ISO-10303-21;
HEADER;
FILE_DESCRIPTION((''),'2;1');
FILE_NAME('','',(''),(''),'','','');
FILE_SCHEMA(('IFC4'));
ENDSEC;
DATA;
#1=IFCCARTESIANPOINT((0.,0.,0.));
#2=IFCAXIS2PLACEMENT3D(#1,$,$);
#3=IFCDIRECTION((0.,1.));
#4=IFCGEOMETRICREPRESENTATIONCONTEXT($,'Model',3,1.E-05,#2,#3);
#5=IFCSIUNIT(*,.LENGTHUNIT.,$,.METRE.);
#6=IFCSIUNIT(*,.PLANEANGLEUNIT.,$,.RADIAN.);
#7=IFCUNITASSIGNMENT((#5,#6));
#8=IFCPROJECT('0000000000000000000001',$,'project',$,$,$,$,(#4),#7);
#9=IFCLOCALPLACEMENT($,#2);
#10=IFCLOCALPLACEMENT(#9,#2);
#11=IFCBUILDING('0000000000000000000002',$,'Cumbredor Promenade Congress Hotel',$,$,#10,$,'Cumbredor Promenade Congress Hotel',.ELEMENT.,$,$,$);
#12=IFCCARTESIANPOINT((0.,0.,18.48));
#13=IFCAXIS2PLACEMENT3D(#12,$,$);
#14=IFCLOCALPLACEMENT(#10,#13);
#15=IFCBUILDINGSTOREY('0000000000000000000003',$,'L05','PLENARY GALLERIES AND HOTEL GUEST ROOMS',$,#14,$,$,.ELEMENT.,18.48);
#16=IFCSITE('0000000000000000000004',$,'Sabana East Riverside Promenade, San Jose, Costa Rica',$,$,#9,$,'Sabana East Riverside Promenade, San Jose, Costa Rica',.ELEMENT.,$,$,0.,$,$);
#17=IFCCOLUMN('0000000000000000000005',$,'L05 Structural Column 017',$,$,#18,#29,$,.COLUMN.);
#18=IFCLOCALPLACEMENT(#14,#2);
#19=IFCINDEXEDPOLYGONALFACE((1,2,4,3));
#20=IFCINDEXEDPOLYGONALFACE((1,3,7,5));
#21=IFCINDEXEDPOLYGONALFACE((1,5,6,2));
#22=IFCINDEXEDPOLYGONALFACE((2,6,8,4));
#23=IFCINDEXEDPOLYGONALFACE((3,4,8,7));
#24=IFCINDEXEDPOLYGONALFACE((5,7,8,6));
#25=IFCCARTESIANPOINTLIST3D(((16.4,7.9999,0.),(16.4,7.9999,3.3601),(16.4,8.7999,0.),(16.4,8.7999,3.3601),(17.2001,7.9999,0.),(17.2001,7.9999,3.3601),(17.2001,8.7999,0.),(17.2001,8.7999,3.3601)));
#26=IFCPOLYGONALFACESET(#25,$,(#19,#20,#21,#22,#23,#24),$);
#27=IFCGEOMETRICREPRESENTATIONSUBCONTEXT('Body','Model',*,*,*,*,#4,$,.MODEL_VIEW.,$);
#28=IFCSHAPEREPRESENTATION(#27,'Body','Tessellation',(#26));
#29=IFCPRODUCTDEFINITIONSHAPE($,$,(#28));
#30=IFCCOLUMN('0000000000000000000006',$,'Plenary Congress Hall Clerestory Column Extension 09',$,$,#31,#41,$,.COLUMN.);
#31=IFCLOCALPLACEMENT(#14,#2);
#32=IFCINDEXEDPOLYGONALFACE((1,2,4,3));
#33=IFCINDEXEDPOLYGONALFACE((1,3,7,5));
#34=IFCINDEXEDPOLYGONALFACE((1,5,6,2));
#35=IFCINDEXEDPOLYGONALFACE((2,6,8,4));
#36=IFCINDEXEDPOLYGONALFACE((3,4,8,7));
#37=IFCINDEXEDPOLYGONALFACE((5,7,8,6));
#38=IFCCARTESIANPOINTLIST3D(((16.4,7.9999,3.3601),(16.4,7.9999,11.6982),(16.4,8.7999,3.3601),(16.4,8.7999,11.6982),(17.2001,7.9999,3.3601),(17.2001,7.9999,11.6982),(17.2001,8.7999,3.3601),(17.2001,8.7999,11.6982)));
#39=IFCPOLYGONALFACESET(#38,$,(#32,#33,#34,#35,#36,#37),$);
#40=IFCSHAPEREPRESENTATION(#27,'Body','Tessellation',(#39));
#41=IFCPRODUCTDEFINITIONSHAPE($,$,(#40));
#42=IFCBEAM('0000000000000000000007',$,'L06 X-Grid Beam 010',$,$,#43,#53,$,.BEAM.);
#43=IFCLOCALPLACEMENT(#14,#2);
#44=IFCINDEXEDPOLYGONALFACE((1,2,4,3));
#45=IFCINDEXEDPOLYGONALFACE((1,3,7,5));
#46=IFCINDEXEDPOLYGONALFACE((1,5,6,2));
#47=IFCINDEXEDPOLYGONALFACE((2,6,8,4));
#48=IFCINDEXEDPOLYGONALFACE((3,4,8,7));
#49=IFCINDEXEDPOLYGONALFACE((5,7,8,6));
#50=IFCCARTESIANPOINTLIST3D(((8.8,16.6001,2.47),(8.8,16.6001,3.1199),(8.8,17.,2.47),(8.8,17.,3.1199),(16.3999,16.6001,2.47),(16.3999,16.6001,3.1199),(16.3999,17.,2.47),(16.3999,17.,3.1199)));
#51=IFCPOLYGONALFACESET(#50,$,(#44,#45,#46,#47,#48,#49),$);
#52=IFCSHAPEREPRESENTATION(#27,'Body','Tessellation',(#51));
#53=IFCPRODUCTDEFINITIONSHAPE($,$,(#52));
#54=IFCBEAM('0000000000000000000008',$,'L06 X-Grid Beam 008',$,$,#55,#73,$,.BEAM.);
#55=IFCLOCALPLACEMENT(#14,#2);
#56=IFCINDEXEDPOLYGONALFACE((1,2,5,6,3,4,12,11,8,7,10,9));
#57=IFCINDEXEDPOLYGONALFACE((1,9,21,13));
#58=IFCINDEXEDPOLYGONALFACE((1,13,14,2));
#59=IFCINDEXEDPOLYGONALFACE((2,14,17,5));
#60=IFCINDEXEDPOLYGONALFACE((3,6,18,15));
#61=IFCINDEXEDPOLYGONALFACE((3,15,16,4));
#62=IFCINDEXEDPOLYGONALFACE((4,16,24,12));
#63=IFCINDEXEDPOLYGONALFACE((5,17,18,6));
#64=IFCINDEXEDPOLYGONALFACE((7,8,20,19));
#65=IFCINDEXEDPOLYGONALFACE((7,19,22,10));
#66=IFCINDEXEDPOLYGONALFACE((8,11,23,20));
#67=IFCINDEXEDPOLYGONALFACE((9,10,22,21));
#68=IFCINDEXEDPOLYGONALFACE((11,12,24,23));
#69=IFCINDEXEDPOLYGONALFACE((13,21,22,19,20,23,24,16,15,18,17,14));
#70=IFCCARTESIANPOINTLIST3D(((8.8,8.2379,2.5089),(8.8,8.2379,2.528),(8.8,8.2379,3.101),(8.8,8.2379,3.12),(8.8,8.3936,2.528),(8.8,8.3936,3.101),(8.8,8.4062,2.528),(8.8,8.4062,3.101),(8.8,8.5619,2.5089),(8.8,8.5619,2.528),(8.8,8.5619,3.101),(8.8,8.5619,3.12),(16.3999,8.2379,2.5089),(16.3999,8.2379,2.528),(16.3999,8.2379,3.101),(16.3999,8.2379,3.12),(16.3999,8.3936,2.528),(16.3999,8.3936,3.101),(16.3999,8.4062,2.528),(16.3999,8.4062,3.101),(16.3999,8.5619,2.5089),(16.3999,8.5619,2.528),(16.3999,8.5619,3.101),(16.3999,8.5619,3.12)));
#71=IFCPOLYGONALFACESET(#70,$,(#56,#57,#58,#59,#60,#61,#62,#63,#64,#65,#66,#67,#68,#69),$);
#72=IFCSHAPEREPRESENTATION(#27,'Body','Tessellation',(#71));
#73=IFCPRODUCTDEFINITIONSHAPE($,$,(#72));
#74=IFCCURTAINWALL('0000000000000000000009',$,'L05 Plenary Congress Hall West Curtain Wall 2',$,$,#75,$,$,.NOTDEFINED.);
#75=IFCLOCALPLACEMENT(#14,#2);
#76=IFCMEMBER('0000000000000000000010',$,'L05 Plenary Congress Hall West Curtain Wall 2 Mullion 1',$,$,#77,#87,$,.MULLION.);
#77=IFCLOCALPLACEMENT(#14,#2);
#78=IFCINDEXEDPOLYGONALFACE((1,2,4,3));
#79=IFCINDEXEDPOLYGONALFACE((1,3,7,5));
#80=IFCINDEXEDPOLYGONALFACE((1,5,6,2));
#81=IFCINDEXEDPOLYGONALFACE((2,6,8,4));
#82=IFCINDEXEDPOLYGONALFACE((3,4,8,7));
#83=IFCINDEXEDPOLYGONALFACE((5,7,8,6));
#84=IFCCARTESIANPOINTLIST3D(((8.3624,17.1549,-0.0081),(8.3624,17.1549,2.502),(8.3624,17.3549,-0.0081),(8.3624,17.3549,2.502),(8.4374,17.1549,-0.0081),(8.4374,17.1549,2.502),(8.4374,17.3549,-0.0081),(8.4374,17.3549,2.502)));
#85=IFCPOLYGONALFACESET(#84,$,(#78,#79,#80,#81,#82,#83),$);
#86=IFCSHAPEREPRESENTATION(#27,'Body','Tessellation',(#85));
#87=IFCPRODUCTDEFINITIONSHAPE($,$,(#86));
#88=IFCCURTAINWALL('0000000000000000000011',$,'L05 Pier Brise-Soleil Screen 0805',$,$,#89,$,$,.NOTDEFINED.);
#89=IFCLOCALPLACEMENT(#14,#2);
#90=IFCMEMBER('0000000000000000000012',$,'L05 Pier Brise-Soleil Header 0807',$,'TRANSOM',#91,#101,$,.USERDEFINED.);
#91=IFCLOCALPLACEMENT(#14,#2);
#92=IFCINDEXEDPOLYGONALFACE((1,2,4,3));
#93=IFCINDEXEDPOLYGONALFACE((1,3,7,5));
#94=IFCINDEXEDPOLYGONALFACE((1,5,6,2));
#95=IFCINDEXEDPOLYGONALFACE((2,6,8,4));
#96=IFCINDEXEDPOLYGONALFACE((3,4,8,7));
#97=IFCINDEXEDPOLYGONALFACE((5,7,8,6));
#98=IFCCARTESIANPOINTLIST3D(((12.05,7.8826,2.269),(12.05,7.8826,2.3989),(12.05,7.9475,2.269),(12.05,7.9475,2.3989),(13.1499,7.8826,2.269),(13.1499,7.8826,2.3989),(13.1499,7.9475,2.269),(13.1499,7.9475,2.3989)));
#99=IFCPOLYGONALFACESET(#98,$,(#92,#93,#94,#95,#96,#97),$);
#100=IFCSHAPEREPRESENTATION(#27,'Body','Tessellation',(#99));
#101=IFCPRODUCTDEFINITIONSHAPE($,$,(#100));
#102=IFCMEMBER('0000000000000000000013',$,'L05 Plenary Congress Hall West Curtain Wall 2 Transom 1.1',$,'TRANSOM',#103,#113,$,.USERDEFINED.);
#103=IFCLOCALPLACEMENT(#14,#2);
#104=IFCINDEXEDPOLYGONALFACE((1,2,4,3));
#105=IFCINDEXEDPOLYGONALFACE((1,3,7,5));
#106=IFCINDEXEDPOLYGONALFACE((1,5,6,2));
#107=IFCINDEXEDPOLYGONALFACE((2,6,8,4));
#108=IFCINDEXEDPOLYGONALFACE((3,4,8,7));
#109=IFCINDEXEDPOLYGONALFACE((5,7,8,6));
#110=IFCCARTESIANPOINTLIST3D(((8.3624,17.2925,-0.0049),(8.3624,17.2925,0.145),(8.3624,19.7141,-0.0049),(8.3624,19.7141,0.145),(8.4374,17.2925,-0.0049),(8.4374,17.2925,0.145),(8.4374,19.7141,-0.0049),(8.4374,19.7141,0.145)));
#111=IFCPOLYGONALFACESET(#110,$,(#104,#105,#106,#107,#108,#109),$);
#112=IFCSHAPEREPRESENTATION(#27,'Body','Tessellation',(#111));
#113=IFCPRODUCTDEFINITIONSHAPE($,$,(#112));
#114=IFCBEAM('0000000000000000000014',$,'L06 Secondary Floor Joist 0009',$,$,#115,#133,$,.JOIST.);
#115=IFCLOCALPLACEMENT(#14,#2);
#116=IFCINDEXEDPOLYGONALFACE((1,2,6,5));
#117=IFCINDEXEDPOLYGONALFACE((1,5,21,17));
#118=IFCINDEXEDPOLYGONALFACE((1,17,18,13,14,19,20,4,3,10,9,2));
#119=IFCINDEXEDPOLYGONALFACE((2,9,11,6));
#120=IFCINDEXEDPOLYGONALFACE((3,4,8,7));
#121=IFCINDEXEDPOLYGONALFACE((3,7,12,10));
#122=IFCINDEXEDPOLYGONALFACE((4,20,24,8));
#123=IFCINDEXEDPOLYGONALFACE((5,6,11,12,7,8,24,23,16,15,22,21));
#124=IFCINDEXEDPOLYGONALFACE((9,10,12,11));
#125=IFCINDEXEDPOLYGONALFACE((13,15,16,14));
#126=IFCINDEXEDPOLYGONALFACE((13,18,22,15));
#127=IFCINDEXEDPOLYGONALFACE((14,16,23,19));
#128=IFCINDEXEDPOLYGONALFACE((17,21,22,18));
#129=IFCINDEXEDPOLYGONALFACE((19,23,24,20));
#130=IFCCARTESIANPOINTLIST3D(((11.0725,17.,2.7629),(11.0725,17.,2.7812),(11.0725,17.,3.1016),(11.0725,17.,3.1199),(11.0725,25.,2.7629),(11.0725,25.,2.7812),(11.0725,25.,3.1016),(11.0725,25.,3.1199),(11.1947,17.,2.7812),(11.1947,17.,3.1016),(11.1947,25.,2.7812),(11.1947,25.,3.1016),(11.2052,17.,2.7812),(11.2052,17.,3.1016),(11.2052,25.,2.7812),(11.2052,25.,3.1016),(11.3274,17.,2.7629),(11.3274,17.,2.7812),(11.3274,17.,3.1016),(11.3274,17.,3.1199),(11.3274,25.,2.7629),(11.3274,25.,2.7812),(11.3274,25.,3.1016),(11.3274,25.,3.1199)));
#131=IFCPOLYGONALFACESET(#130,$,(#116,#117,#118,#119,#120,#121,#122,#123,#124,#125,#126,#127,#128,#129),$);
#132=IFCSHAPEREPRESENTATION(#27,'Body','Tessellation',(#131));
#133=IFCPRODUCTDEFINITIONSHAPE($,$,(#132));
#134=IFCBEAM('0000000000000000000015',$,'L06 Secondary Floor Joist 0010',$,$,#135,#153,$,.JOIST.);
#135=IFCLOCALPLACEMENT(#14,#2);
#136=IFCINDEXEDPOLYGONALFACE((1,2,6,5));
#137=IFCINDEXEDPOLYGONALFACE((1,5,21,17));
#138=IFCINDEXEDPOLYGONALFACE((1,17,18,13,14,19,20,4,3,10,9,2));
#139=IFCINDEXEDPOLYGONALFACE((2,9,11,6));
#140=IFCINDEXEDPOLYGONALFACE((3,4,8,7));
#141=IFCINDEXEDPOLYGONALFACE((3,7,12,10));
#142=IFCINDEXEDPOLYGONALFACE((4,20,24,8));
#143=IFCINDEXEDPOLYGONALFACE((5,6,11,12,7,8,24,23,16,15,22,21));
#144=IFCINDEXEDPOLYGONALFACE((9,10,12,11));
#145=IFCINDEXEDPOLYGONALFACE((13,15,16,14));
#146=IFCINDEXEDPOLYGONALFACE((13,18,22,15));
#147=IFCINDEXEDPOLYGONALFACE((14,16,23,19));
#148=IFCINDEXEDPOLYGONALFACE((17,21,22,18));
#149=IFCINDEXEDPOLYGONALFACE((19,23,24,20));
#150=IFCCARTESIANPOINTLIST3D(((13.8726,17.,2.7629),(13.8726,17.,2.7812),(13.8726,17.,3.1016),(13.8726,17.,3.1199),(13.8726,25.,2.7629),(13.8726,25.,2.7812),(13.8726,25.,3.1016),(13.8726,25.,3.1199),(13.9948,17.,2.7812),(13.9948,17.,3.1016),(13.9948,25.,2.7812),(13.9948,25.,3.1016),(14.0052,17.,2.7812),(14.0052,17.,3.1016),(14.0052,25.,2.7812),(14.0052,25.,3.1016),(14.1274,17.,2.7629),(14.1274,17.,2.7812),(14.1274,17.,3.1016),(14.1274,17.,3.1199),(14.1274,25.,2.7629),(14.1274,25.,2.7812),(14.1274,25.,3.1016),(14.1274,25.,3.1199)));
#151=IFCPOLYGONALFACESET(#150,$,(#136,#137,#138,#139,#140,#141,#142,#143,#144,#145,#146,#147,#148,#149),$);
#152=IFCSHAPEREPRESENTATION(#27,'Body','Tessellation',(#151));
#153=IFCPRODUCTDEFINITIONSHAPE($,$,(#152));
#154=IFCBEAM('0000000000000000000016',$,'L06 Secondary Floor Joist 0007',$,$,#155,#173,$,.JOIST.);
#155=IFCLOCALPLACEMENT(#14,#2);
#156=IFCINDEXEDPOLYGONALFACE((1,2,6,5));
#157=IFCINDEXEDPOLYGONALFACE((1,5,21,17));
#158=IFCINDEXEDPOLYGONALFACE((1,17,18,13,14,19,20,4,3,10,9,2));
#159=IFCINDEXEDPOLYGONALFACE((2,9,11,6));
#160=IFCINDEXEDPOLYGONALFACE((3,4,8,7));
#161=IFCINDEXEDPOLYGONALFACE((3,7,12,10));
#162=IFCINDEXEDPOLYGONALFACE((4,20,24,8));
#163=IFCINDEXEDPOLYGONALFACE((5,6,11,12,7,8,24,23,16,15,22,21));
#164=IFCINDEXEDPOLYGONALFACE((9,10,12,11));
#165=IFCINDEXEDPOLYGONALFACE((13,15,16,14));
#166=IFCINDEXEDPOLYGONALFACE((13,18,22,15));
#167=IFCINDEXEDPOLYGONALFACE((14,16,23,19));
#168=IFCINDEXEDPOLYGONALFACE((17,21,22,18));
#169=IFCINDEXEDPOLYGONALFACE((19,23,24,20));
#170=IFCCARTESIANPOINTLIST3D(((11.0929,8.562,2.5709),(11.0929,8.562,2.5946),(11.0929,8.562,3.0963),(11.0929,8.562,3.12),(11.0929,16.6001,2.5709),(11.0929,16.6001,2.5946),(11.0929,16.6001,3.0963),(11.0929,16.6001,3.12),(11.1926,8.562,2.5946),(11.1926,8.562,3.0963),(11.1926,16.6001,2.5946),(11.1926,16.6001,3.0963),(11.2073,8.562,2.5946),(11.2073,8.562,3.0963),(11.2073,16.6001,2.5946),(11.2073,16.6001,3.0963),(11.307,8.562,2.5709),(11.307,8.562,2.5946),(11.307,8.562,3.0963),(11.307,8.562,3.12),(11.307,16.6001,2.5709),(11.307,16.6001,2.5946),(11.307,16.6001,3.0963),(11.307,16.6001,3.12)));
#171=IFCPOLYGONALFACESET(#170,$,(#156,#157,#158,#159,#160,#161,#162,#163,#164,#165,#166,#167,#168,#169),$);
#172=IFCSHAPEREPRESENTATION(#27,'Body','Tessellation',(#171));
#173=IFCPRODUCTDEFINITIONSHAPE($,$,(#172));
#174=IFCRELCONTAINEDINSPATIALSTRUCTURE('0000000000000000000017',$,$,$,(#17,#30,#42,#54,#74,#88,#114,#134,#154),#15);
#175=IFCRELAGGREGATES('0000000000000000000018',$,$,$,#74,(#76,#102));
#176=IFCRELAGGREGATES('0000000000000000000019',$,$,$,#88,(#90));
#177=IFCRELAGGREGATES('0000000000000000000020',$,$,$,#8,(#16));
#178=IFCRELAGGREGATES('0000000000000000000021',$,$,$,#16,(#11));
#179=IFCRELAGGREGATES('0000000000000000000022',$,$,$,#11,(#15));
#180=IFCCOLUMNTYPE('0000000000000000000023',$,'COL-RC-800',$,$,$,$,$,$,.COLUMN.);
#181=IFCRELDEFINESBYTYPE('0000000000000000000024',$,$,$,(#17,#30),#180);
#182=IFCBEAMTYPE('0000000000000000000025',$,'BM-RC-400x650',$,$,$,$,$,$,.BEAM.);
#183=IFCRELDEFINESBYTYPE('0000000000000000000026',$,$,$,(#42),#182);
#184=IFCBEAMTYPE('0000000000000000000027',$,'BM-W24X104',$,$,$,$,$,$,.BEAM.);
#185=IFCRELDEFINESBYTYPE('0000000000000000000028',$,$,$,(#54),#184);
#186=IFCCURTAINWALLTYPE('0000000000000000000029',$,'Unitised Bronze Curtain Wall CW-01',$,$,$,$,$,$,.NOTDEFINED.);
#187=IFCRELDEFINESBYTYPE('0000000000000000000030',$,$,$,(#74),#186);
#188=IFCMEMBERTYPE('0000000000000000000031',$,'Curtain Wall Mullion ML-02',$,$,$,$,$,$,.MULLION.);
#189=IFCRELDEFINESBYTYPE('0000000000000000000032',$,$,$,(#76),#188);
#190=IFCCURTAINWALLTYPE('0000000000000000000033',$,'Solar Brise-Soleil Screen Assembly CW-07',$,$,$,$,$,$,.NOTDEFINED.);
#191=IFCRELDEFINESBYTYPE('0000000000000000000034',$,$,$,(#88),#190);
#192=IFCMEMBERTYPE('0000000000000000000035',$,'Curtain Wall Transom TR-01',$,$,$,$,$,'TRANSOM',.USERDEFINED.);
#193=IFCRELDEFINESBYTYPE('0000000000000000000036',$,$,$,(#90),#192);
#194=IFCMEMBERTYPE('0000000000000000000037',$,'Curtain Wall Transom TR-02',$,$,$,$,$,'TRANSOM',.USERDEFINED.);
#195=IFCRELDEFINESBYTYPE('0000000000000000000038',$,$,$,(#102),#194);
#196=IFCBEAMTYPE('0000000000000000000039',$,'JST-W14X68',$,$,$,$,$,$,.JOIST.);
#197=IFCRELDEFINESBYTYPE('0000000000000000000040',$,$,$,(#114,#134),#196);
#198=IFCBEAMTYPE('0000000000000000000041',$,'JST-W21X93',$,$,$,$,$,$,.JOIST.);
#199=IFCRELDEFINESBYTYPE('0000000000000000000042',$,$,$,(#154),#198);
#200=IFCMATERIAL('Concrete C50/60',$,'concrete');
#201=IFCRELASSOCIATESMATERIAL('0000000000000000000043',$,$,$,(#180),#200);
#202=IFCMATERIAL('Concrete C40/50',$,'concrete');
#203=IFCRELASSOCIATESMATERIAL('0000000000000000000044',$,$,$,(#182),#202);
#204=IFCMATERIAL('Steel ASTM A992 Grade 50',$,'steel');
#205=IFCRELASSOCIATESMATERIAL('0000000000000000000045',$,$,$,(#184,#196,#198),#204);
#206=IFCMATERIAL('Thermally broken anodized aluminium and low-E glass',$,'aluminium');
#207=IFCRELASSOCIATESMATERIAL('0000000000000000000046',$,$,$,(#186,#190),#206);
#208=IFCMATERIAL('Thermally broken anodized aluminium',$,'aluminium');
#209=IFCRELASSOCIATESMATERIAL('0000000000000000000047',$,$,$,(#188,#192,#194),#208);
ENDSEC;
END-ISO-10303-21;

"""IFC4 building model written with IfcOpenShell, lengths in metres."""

from ifc_helpers import new_model, si_unit, direction, frame, origin, origin_2d, place, context, subcontext, project, spatial, rectangle, i_section, extrude, material, material_profile, profile_set, type_object, element, aggregate, save


model = new_model("IFC4")

# Units and contexts
model_context = context("Model", 3, precision=1e-05, world=origin(), true_north=direction((0.0, 1.0)))
body_context = subcontext(model_context, "Body", "Model", "MODEL_VIEW")
ifc_project = project(units=[si_unit("LENGTHUNIT", "METRE"), si_unit("PLANEANGLEUNIT", "RADIAN")], contexts=[model_context])

# Site, building, storey
site_placement = place(None, origin())
site = spatial("IfcSite", under=ifc_project, at=site_placement, Name="Sabana East Riverside Promenade, San Jose, Costa Rica", LongName="Sabana East Riverside Promenade, San Jose, Costa Rica", CompositionType="ELEMENT", RefElevation=0.0)
building_placement = place(site_placement, origin())
building = spatial("IfcBuilding", under=site, at=building_placement, Name="Cumbredor Promenade Congress Hotel", LongName="Cumbredor Promenade Congress Hotel", CompositionType="ELEMENT")
storey_placement = place(building_placement, frame((0.0, 0.0, 18.48)))
storey = spatial("IfcBuildingStorey", under=building, at=storey_placement, Name="L05", Description="PLENARY GALLERIES AND HOTEL GUEST ROOMS", CompositionType="ELEMENT", Elevation=18.48)

# Columns
ifc_material_1 = material(Name="Concrete C50/60", Category="concrete")
ifc_material_profile_1 = material_profile(ifc_material_1, rectangle(XDim=0.8, YDim=0.8, at=origin_2d()), Name="RC 800x800")
ifc_profile_set_1 = profile_set([ifc_material_profile_1], Name="Concrete C50/60")
column_type = type_object("IfcColumnType", Name="COL-RC-800", PredefinedType="COLUMN", material=ifc_profile_set_1)
column_1_placement = place(storey_placement, frame((16.8, 8.3999, 0.0), z_axis=(0.0, 0.0, 1.0), x_axis=(1.0, 0.0, 0.0)))
element("IfcColumn", 1, at=column_1_placement, inside=storey, type_object=column_type, Name="L05 Structural Column 017", PredefinedType="COLUMN", context=body_context, shape_type="SweptSolid", body=[
    extrude(rectangle(XDim=0.8, YDim=0.8, at=origin_2d()), origin(), (0.0, 0.0, 1.0), 3.3601),
])
column_2_placement = place(storey_placement, frame((16.8, 8.3999, 3.3601), z_axis=(0.0, 0.0, 1.0), x_axis=(1.0, 0.0, 0.0)))
element("IfcColumn", 2, at=column_2_placement, inside=storey, type_object=column_type, Name="Plenary Congress Hall Clerestory Column Extension 09", PredefinedType="COLUMN", context=body_context, shape_type="SweptSolid", body=[
    extrude(rectangle(XDim=0.8, YDim=0.8, at=origin_2d()), origin(), (0.0, 0.0, 1.0), 8.3381),
])

# Beams
ifc_material_2 = material(Name="Concrete C40/50", Category="concrete")
ifc_material_profile_2 = material_profile(ifc_material_2, rectangle(XDim=0.3999, YDim=0.6499, at=origin_2d()), Name="RC BEAM 400x650")
ifc_profile_set_2 = profile_set([ifc_material_profile_2], Name="Concrete C40/50")
beam_type_1 = type_object("IfcBeamType", Name="BM-RC-400x650", PredefinedType="BEAM", material=ifc_profile_set_2)
beam_1_placement = place(storey_placement, frame((8.8, 16.8, 2.7949), z_axis=(1.0, 0.0, 0.0), x_axis=(0.0, 1.0, 0.0)))
element("IfcBeam", 3, at=beam_1_placement, inside=storey, type_object=beam_type_1, Name="L06 X-Grid Beam 010", PredefinedType="BEAM", context=body_context, shape_type="SweptSolid", body=[
    extrude(rectangle(XDim=0.3999, YDim=0.6499, at=origin_2d()), origin(), (0.0, 0.0, 1.0), 7.5999),
])
ifc_material_3 = material(Name="Steel ASTM A992 Grade 50", Category="steel")
ifc_material_profile_3 = material_profile(ifc_material_3, i_section(OverallWidth=0.324, OverallDepth=0.6111, WebThickness=0.0127, FlangeThickness=0.019, at=origin_2d()), Name="W24X104")
ifc_profile_set_3 = profile_set([ifc_material_profile_3], Name="Steel ASTM A992 Grade 50")
beam_type_2 = type_object("IfcBeamType", Name="BM-W24X104", PredefinedType="BEAM", material=ifc_profile_set_3)
beam_2_placement = place(storey_placement, frame((8.8, 8.3999, 2.8145), z_axis=(1.0, 0.0, 0.0), x_axis=(0.0, 1.0, 0.0)))
element("IfcBeam", 4, at=beam_2_placement, inside=storey, type_object=beam_type_2, Name="L06 X-Grid Beam 008", PredefinedType="BEAM", context=body_context, shape_type="SweptSolid", body=[
    extrude(i_section(OverallWidth=0.324, OverallDepth=0.6111, WebThickness=0.0127, FlangeThickness=0.019, at=origin_2d()), origin(), (0.0, 0.0, 1.0), 7.5999),
])

# Curtain walls, members
ifc_material_4 = material(Name="Thermally broken anodized aluminium and low-E glass", Category="aluminium")
curtain_wall_type_1 = type_object("IfcCurtainWallType", Name="Unitised Bronze Curtain Wall CW-01", PredefinedType="NOTDEFINED", material=ifc_material_4)
curtain_wall_1_placement = place(storey_placement, origin())
curtain_wall_1 = element("IfcCurtainWall", 5, at=curtain_wall_1_placement, inside=storey, type_object=curtain_wall_type_1, Name="L05 Plenary Congress Hall West Curtain Wall 2", PredefinedType="NOTDEFINED")
ifc_material_5 = material(Name="Thermally broken anodized aluminium", Category="aluminium")
ifc_material_profile_4 = material_profile(ifc_material_5, rectangle(XDim=0.075, YDim=0.2, at=origin_2d()), Name="ALU MULLION 75x200")
ifc_profile_set_4 = profile_set([ifc_material_profile_4], Name="Thermally broken anodized aluminium")
member_type_1 = type_object("IfcMemberType", Name="Curtain Wall Mullion ML-02", PredefinedType="MULLION", material=ifc_profile_set_4)
member_1_placement = place(storey_placement, frame((8.3999, 17.2549, -0.0081), z_axis=(0.0, 0.0, 1.0), x_axis=(1.0, 0.0, 0.0)))
member_1 = element("IfcMember", 6, at=member_1_placement, type_object=member_type_1, Name="L05 Plenary Congress Hall West Curtain Wall 2 Mullion 1", PredefinedType="MULLION", context=body_context, shape_type="SweptSolid", body=[
    extrude(rectangle(XDim=0.075, YDim=0.2, at=origin_2d()), origin(), (0.0, 0.0, 1.0), 2.51),
])
curtain_wall_type_2 = type_object("IfcCurtainWallType", Name="Solar Brise-Soleil Screen Assembly CW-07", PredefinedType="NOTDEFINED", material=ifc_material_4)
curtain_wall_2_placement = place(storey_placement, origin())
curtain_wall_2 = element("IfcCurtainWall", 7, at=curtain_wall_2_placement, inside=storey, type_object=curtain_wall_type_2, Name="L05 Pier Brise-Soleil Screen 0805", PredefinedType="NOTDEFINED")
ifc_material_profile_5 = material_profile(ifc_material_5, rectangle(XDim=0.0649, YDim=0.1299, at=origin_2d()), Name="ALU TRANSOM 65x130")
ifc_profile_set_5 = profile_set([ifc_material_profile_5], Name="Thermally broken anodized aluminium")
member_type_2 = type_object("IfcMemberType", Name="Curtain Wall Transom TR-01", ElementType="TRANSOM", PredefinedType="USERDEFINED", material=ifc_profile_set_5)
member_2_placement = place(storey_placement, frame((12.05, 7.915, 2.334), z_axis=(1.0, 0.0, 0.0), x_axis=(0.0, 1.0, 0.0)))
member_2 = element("IfcMember", 8, at=member_2_placement, type_object=member_type_2, Name="L05 Pier Brise-Soleil Header 0807", ObjectType="TRANSOM", PredefinedType="USERDEFINED", context=body_context, shape_type="SweptSolid", body=[
    extrude(rectangle(XDim=0.0649, YDim=0.1299, at=origin_2d()), origin(), (0.0, 0.0, 1.0), 1.0999),
])

# Member
ifc_material_profile_6 = material_profile(ifc_material_5, rectangle(XDim=0.075, YDim=0.1499, at=origin_2d()), Name="ALU TRANSOM 75x150")
ifc_profile_set_6 = profile_set([ifc_material_profile_6], Name="Thermally broken anodized aluminium")
member_type_3 = type_object("IfcMemberType", Name="Curtain Wall Transom TR-02", ElementType="TRANSOM", PredefinedType="USERDEFINED", material=ifc_profile_set_6)
member_3_placement = place(storey_placement, frame((8.3999, 17.2925, 0.0701), z_axis=(0.0, 1.0, 0.0), x_axis=(-1.0, 0.0, 0.0)))
member_3 = element("IfcMember", 9, at=member_3_placement, type_object=member_type_3, Name="L05 Plenary Congress Hall West Curtain Wall 2 Transom 1.1", ObjectType="TRANSOM", PredefinedType="USERDEFINED", context=body_context, shape_type="SweptSolid", body=[
    extrude(rectangle(XDim=0.075, YDim=0.1499, at=origin_2d()), origin(), (0.0, 0.0, 1.0), 2.4216),
])
aggregate(curtain_wall_1, [member_1, member_3])

# Beams
ifc_material_profile_7 = material_profile(ifc_material_3, i_section(OverallWidth=0.2549, OverallDepth=0.3569, WebThickness=0.0105, FlangeThickness=0.0183, at=origin_2d()), Name="W14X68")
ifc_profile_set_7 = profile_set([ifc_material_profile_7], Name="Steel ASTM A992 Grade 50")
beam_type_3 = type_object("IfcBeamType", Name="JST-W14X68", PredefinedType="JOIST", material=ifc_profile_set_7)
for number, where, z_axis, x_axis, name in (
    (10, (11.2, 17.0, 2.9414), (0.0, 1.0, 0.0), (-1.0, 0.0, 0.0), "L06 Secondary Floor Joist 0009"),
    (11, (14.0, 17.0, 2.9414), (0.0, 1.0, 0.0), (-1.0, 0.0, 0.0), "L06 Secondary Floor Joist 0010"),
):
    element("IfcBeam", number, at=place(storey_placement, frame(where, z_axis=z_axis, x_axis=x_axis)), inside=storey, type_object=beam_type_3, Name=name, PredefinedType="JOIST", context=body_context, shape_type="SweptSolid", body=[
        extrude(i_section(OverallWidth=0.2549, OverallDepth=0.3569, WebThickness=0.0105, FlangeThickness=0.0183, at=origin_2d()), origin(), (0.0, 0.0, 1.0), 8.0),
    ])
ifc_material_profile_8 = material_profile(ifc_material_3, i_section(OverallWidth=0.2141, OverallDepth=0.5491, WebThickness=0.0146, FlangeThickness=0.0237, at=origin_2d()), Name="W21X93")
ifc_profile_set_8 = profile_set([ifc_material_profile_8], Name="Steel ASTM A992 Grade 50")
beam_type_4 = type_object("IfcBeamType", Name="JST-W21X93", PredefinedType="JOIST", material=ifc_profile_set_8)
for number, where, z_axis, x_axis, name in (
    (12, (11.2, 8.562, 2.8455), (0.0, 1.0, 0.0), (-1.0, 0.0, 0.0), "L06 Secondary Floor Joist 0007"),
):
    element("IfcBeam", number, at=place(storey_placement, frame(where, z_axis=z_axis, x_axis=x_axis)), inside=storey, type_object=beam_type_4, Name=name, PredefinedType="JOIST", context=body_context, shape_type="SweptSolid", body=[
        extrude(i_section(OverallWidth=0.2141, OverallDepth=0.5491, WebThickness=0.0146, FlangeThickness=0.0237, at=origin_2d()), origin(), (0.0, 0.0, 1.0), 8.0381),
    ])

aggregate(curtain_wall_2, [member_2])

save(model, "model.ifc")
